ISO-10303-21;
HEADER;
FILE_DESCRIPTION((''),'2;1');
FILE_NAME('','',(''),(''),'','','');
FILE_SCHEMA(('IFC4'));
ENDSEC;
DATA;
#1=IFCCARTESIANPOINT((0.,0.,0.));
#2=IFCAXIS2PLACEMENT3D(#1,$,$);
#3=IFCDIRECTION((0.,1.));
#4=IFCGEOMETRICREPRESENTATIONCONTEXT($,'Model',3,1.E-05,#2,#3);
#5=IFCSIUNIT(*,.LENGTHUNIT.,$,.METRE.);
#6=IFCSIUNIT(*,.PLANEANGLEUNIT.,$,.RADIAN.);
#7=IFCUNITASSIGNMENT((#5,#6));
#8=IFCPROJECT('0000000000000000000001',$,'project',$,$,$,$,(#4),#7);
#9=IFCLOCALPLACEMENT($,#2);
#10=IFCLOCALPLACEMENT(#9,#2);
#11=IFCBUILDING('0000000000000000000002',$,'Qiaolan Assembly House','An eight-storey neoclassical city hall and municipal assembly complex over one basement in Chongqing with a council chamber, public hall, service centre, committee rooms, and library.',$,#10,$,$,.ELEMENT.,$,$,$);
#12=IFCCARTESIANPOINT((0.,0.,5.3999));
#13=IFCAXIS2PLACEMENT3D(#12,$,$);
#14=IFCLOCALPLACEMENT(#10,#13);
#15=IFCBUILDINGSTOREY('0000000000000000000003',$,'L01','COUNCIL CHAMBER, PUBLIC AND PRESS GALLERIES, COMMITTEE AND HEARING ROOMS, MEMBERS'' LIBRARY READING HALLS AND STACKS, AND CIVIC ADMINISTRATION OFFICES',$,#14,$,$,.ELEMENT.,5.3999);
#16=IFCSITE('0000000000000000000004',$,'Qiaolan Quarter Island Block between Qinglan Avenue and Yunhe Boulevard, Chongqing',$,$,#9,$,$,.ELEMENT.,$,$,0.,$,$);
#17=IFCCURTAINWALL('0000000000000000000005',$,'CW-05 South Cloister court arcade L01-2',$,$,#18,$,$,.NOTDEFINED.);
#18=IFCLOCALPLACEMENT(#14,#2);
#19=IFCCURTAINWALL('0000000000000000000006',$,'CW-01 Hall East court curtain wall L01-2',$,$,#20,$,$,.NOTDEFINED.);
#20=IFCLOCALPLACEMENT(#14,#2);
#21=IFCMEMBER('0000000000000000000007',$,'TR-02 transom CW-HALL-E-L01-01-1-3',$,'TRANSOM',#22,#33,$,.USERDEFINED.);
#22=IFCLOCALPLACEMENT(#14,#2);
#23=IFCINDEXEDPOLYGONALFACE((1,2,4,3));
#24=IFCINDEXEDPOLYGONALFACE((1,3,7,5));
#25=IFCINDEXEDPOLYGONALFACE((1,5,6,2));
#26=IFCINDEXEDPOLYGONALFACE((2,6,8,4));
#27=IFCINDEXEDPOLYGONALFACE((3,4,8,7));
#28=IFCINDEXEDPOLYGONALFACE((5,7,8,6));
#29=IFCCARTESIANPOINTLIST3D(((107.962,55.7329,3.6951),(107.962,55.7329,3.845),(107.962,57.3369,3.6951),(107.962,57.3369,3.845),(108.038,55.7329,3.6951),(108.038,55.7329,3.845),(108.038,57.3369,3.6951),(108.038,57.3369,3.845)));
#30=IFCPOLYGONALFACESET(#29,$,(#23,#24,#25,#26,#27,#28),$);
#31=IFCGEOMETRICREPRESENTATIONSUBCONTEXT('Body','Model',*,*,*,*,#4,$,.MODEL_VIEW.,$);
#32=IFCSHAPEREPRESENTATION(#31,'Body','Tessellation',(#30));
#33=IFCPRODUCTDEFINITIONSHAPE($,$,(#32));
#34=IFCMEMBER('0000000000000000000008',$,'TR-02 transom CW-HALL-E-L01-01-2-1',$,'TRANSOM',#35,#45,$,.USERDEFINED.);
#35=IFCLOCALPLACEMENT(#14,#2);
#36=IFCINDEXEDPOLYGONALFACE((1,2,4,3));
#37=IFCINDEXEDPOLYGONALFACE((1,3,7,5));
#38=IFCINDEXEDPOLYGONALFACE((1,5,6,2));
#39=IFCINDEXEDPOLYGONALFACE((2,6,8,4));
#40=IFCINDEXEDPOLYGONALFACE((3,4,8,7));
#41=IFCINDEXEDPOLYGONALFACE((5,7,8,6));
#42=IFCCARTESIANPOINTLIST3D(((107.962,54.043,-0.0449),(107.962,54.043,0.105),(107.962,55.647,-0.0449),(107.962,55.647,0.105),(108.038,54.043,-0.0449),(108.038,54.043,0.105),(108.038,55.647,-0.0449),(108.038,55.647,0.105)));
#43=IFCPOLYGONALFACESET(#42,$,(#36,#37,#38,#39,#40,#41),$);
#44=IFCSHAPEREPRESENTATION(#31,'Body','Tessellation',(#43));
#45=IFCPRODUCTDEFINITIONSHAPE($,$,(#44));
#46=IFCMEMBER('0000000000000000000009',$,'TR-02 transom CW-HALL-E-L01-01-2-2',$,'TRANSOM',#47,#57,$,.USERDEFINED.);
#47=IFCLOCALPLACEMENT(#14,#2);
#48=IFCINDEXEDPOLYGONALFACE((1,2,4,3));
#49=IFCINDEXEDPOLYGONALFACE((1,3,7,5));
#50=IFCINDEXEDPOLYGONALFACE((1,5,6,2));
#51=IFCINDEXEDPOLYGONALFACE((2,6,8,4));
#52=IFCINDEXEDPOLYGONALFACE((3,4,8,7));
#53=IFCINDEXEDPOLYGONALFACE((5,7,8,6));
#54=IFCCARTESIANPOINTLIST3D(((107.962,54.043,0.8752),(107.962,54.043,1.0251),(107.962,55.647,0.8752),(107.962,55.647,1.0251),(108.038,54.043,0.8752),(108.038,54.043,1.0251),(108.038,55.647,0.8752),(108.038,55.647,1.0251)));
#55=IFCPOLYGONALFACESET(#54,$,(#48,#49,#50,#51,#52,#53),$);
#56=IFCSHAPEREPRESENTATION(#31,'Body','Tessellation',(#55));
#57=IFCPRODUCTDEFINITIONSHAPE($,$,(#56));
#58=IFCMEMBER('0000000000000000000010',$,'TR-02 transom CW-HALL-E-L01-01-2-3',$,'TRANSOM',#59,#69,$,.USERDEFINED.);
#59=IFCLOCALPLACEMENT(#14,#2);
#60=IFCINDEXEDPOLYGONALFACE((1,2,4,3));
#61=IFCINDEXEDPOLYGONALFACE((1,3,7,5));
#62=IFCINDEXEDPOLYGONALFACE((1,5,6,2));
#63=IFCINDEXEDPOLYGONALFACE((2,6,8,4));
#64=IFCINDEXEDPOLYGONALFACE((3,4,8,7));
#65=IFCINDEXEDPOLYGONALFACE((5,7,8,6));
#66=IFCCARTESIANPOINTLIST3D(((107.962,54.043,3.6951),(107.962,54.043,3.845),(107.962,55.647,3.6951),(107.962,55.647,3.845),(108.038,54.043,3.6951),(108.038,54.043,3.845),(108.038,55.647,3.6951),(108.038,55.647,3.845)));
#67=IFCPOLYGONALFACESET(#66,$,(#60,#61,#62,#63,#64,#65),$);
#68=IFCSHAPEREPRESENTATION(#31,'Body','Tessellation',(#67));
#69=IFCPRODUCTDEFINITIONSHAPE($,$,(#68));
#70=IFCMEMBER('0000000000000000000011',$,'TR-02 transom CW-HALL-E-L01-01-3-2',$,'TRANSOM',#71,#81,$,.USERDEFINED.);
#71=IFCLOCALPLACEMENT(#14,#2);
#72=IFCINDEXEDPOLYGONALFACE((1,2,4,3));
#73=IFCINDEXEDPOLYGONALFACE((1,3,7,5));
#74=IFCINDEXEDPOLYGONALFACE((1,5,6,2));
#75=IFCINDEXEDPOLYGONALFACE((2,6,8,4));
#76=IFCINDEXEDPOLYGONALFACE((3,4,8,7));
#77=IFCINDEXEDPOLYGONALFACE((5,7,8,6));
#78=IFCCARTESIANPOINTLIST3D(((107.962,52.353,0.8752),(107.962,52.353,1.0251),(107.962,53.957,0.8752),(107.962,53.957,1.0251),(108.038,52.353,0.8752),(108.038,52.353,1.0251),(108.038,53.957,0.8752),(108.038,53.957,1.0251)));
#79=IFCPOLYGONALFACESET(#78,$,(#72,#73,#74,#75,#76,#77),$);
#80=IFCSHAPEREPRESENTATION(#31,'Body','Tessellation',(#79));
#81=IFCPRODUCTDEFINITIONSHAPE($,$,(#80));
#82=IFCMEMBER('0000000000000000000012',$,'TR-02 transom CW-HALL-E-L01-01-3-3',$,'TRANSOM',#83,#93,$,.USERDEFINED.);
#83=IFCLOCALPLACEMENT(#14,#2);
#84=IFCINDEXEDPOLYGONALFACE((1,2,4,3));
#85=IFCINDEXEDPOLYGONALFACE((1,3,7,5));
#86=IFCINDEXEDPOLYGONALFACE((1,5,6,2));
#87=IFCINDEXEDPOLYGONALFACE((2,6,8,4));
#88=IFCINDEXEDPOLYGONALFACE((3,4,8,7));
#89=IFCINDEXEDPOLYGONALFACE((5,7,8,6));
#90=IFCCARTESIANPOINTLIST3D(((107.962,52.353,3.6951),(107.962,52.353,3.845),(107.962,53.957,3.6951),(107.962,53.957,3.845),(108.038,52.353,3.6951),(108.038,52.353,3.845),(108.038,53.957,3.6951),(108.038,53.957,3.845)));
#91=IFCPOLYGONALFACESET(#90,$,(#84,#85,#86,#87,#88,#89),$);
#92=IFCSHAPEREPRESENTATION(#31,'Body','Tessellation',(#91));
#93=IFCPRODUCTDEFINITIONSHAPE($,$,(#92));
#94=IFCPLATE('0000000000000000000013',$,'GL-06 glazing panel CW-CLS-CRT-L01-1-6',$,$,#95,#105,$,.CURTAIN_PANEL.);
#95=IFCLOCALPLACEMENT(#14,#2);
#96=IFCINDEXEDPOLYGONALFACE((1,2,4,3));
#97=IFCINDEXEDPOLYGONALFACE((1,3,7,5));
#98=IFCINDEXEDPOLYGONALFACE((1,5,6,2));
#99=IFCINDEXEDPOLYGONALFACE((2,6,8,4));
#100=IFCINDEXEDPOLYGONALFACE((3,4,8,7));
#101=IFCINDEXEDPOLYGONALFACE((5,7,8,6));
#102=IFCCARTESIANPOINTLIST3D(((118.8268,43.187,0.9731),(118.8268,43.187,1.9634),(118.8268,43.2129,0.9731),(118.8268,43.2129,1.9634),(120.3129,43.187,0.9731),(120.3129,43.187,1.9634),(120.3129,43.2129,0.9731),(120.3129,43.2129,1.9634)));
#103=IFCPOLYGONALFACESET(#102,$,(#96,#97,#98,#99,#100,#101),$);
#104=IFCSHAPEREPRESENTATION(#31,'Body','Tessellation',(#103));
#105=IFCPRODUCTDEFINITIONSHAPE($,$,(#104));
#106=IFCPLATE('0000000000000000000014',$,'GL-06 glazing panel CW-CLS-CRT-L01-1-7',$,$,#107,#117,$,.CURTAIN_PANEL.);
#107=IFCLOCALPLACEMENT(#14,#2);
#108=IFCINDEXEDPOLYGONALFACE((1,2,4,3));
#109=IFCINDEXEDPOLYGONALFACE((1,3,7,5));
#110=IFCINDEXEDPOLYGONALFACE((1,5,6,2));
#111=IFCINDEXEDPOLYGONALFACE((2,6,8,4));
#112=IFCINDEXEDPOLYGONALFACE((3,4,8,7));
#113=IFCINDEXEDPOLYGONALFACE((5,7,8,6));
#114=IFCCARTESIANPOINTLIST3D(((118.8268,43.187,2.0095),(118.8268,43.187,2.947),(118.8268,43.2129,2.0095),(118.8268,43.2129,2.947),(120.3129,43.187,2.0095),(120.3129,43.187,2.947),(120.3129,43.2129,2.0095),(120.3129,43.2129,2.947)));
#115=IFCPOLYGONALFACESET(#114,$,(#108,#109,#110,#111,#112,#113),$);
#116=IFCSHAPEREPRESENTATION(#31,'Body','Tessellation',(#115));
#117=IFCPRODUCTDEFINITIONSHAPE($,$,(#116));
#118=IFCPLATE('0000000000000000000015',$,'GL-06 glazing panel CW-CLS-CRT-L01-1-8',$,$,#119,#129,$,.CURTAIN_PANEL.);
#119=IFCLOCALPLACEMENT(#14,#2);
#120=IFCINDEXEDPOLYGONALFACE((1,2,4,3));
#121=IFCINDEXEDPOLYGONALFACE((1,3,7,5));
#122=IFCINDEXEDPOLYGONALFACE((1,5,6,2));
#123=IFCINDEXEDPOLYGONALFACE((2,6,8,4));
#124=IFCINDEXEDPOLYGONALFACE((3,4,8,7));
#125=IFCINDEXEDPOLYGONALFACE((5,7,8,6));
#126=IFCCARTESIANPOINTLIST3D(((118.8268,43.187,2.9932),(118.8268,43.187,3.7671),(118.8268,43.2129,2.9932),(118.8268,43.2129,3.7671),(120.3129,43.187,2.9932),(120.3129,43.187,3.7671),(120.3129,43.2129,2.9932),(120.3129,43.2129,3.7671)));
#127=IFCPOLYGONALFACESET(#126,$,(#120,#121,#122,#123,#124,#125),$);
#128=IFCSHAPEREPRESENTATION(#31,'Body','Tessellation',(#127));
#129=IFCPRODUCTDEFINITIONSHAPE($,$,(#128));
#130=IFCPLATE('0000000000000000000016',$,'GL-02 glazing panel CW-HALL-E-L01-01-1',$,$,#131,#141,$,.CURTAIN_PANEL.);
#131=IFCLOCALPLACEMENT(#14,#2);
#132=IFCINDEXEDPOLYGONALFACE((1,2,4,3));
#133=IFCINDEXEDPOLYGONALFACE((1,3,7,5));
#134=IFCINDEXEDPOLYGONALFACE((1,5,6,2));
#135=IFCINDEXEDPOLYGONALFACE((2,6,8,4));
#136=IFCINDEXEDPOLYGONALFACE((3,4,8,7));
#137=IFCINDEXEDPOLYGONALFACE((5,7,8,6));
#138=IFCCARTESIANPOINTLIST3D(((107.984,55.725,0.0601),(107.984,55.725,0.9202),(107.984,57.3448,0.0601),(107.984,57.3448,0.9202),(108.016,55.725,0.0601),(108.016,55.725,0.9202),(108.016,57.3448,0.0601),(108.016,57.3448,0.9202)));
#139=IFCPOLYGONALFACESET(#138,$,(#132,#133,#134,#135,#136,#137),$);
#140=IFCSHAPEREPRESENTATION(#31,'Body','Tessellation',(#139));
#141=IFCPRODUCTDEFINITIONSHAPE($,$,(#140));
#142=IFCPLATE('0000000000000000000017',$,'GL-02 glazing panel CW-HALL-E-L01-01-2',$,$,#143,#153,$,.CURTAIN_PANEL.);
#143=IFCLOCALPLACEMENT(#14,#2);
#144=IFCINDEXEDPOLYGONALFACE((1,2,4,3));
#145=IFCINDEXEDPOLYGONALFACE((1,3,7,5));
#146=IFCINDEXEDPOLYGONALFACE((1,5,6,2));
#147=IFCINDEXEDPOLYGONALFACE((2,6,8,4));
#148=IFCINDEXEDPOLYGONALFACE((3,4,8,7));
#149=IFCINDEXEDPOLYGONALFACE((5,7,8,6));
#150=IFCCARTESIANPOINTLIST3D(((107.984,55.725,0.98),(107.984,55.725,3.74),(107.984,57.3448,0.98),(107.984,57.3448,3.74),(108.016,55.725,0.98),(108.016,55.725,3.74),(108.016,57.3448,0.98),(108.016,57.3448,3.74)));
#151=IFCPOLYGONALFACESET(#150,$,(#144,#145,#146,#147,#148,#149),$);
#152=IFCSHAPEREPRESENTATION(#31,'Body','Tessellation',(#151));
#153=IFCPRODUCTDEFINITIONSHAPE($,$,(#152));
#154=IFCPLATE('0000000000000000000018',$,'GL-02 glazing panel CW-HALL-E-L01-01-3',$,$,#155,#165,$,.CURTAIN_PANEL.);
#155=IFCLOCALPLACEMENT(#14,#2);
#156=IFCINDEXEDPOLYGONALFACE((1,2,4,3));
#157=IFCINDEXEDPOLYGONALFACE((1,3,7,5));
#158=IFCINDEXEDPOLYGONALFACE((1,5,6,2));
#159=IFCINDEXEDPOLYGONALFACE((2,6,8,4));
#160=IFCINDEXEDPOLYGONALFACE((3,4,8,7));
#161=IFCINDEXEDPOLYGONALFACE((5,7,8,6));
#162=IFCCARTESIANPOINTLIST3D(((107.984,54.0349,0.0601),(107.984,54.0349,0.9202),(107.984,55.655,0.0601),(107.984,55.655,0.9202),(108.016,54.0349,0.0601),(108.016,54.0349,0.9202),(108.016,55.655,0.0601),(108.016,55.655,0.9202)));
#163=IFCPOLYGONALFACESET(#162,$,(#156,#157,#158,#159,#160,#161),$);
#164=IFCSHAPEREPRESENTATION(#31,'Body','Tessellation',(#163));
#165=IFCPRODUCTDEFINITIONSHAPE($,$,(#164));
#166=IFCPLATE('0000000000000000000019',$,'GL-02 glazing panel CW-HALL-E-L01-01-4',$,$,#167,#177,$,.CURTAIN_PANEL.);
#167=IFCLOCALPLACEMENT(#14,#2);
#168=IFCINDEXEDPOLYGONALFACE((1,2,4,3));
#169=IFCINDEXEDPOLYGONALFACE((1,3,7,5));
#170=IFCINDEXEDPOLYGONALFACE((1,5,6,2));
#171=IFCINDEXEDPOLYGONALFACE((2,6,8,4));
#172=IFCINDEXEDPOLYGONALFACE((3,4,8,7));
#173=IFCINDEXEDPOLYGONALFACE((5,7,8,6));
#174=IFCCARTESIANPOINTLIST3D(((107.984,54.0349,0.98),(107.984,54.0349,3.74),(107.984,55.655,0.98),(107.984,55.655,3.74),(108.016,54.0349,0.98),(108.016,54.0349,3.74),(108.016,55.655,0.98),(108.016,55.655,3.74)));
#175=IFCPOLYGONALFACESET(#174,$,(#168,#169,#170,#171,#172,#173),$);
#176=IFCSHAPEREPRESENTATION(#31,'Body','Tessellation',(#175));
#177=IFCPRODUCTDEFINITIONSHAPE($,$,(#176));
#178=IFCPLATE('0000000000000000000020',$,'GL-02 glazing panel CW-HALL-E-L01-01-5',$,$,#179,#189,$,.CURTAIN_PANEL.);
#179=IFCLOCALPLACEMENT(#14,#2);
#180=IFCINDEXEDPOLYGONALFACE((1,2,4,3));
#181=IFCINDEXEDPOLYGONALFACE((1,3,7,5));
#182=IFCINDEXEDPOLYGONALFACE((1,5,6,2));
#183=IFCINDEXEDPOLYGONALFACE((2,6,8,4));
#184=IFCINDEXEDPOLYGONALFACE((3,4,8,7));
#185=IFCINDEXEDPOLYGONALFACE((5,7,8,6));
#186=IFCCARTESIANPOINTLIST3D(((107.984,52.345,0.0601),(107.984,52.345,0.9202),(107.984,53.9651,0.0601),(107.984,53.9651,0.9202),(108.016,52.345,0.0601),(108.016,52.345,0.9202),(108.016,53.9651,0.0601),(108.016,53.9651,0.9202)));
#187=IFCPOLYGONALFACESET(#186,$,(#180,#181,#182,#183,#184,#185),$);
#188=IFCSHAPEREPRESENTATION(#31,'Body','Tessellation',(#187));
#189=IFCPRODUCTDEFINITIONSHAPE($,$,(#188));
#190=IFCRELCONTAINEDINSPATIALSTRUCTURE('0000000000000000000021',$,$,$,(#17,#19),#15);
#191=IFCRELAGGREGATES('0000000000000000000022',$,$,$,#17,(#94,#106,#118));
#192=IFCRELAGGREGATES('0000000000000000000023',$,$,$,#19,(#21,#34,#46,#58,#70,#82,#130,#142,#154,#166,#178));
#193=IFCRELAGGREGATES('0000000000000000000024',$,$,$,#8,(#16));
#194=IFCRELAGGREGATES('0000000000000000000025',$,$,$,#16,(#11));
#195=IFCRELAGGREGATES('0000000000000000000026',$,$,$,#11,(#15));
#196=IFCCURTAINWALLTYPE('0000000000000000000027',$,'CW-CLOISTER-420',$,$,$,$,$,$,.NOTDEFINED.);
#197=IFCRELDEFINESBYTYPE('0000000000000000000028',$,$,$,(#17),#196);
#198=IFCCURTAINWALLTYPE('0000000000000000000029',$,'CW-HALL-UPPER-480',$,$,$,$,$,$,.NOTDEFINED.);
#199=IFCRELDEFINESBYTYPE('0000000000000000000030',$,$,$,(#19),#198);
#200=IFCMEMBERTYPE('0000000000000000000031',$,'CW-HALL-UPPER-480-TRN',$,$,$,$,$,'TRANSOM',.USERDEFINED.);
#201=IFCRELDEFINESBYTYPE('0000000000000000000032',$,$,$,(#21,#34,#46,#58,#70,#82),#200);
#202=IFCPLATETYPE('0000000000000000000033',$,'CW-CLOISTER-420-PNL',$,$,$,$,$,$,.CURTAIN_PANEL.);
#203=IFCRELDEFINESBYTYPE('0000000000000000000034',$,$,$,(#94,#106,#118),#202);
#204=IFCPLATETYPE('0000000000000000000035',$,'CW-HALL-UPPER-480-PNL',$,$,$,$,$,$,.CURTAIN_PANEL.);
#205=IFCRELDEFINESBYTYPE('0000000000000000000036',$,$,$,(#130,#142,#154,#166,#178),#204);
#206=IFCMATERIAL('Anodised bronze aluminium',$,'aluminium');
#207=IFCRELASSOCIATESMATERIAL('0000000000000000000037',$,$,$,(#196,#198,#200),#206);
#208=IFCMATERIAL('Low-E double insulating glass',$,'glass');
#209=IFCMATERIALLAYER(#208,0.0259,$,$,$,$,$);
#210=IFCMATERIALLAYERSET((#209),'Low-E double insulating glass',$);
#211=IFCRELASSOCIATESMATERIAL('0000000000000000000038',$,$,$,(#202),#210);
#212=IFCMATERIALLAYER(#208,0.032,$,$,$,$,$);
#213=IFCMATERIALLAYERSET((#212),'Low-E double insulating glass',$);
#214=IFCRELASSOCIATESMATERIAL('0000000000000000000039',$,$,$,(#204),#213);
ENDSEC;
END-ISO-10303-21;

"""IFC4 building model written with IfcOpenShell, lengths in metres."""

from ifc_helpers import new_model, si_unit, direction, frame, frame_2d, origin, origin_2d, place, context, subcontext, project, spatial, rectangle, extrude, material, layer, layer_set, material_profile, profile_set, type_object, element, aggregate, save


model = new_model("IFC4")

# Units and contexts
model_context = context("Model", 3, precision=1e-05, world=origin(), true_north=direction((0.0, 1.0)))
body_context = subcontext(model_context, "Body", "Model", "MODEL_VIEW")
ifc_project = project(units=[si_unit("LENGTHUNIT", "METRE"), si_unit("PLANEANGLEUNIT", "RADIAN")], contexts=[model_context])

# Site, building, storey
site_placement = place(None, origin())
site = spatial("IfcSite", under=ifc_project, at=site_placement, Name="Qiaolan Quarter Island Block between Qinglan Avenue and Yunhe Boulevard, Chongqing", CompositionType="ELEMENT", RefElevation=0.0)
building_placement = place(site_placement, origin())
building = spatial("IfcBuilding", under=site, at=building_placement, Name="Qiaolan Assembly House", Description="An eight-storey neoclassical city hall and municipal assembly complex over one basement in Chongqing with a council chamber, public hall, service centre, committee rooms, and library.", CompositionType="ELEMENT")
storey_placement = place(building_placement, frame((0.0, 0.0, 5.3999)))
storey = spatial("IfcBuildingStorey", under=building, at=storey_placement, Name="L01", Description="COUNCIL CHAMBER, PUBLIC AND PRESS GALLERIES, COMMITTEE AND HEARING ROOMS, MEMBERS' LIBRARY READING HALLS AND STACKS, AND CIVIC ADMINISTRATION OFFICES", CompositionType="ELEMENT", Elevation=5.3999)

# Curtain wall
ifc_material_1 = material(Name="Anodised bronze aluminium", Category="aluminium")
curtain_wall_type_1 = type_object("IfcCurtainWallType", Name="CW-CLOISTER-420", PredefinedType="NOTDEFINED", material=ifc_material_1)
curtain_wall_1_placement = place(storey_placement, origin())
curtain_wall_1 = element("IfcCurtainWall", 1, at=curtain_wall_1_placement, inside=storey, type_object=curtain_wall_type_1, Name="CW-05 South Cloister court arcade L01-2", PredefinedType="NOTDEFINED")

# Curtain wall
curtain_wall_type_2 = type_object("IfcCurtainWallType", Name="CW-HALL-UPPER-480", PredefinedType="NOTDEFINED", material=ifc_material_1)
curtain_wall_2_placement = place(storey_placement, origin())
curtain_wall_2 = element("IfcCurtainWall", 2, at=curtain_wall_2_placement, inside=storey, type_object=curtain_wall_type_2, Name="CW-01 Hall East court curtain wall L01-2", PredefinedType="NOTDEFINED")

# Members
ifc_material_profile_1 = material_profile(ifc_material_1, rectangle(XDim=0.0759, YDim=0.1499, at=origin_2d()), Name="TRN 76x150")
ifc_profile_set_1 = profile_set([ifc_material_profile_1], Name="Anodised bronze aluminium")
member_type_1 = type_object("IfcMemberType", Name="CW-HALL-UPPER-480-TRN", ElementType="TRANSOM", PredefinedType="USERDEFINED", material=ifc_profile_set_1)
member_1_placement = place(storey_placement, frame((108.0, 57.3369, 3.77), z_axis=(0.0, -1.0, 0.0), x_axis=(1.0, 0.0, 0.0)))
member_1 = element("IfcMember", 3, at=member_1_placement, type_object=member_type_1, Name="TR-02 transom CW-HALL-E-L01-01-1-3", ObjectType="TRANSOM", PredefinedType="USERDEFINED", context=body_context, shape_type="SweptSolid", body=[
    extrude(rectangle(XDim=0.0759, YDim=0.1499, at=origin_2d()), origin(), (0.0, 0.0, 1.0), 1.604),
])
member_2_placement = place(storey_placement, frame((108.0, 55.647, 0.03), z_axis=(0.0, -1.0, 0.0), x_axis=(1.0, 0.0, 0.0)))
member_2 = element("IfcMember", 4, at=member_2_placement, type_object=member_type_1, Name="TR-02 transom CW-HALL-E-L01-01-2-1", ObjectType="TRANSOM", PredefinedType="USERDEFINED", context=body_context, shape_type="SweptSolid", body=[
    extrude(rectangle(XDim=0.0759, YDim=0.1499, at=origin_2d()), origin(), (0.0, 0.0, 1.0), 1.604),
])
member_3_placement = place(storey_placement, frame((108.0, 55.647, 0.9502), z_axis=(0.0, -1.0, 0.0), x_axis=(1.0, 0.0, 0.0)))
member_3 = element("IfcMember", 5, at=member_3_placement, type_object=member_type_1, Name="TR-02 transom CW-HALL-E-L01-01-2-2", ObjectType="TRANSOM", PredefinedType="USERDEFINED", context=body_context, shape_type="SweptSolid", body=[
    extrude(rectangle(XDim=0.0759, YDim=0.1499, at=origin_2d()), origin(), (0.0, 0.0, 1.0), 1.604),
])
member_4_placement = place(storey_placement, frame((108.0, 55.647, 3.77), z_axis=(0.0, -1.0, 0.0), x_axis=(1.0, 0.0, 0.0)))
member_4 = element("IfcMember", 6, at=member_4_placement, type_object=member_type_1, Name="TR-02 transom CW-HALL-E-L01-01-2-3", ObjectType="TRANSOM", PredefinedType="USERDEFINED", context=body_context, shape_type="SweptSolid", body=[
    extrude(rectangle(XDim=0.0759, YDim=0.1499, at=origin_2d()), origin(), (0.0, 0.0, 1.0), 1.604),
])
member_5_placement = place(storey_placement, frame((108.0, 53.957, 0.9502), z_axis=(0.0, -1.0, 0.0), x_axis=(1.0, 0.0, 0.0)))
member_5 = element("IfcMember", 7, at=member_5_placement, type_object=member_type_1, Name="TR-02 transom CW-HALL-E-L01-01-3-2", ObjectType="TRANSOM", PredefinedType="USERDEFINED", context=body_context, shape_type="SweptSolid", body=[
    extrude(rectangle(XDim=0.0759, YDim=0.1499, at=origin_2d()), origin(), (0.0, 0.0, 1.0), 1.604),
])
member_6_placement = place(storey_placement, frame((108.0, 53.957, 3.77), z_axis=(0.0, -1.0, 0.0), x_axis=(1.0, 0.0, 0.0)))
member_6 = element("IfcMember", 8, at=member_6_placement, type_object=member_type_1, Name="TR-02 transom CW-HALL-E-L01-01-3-3", ObjectType="TRANSOM", PredefinedType="USERDEFINED", context=body_context, shape_type="SweptSolid", body=[
    extrude(rectangle(XDim=0.0759, YDim=0.1499, at=origin_2d()), origin(), (0.0, 0.0, 1.0), 1.604),
])

# Plates
ifc_material_2 = material(Name="Low-E double insulating glass", Category="glass")
ifc_layer_1 = layer(ifc_material_2, 0.0259)
ifc_layer_set_1 = layer_set([ifc_layer_1], Name="Low-E double insulating glass")
plate_type_1 = type_object("IfcPlateType", Name="CW-CLOISTER-420-PNL", PredefinedType="CURTAIN_PANEL", material=ifc_layer_set_1)
plate_1_placement = place(storey_placement, frame((120.313, 43.2, 0.9731), z_axis=(0.0, 0.0, 1.0), x_axis=(-1.0, 0.0, 0.0)))
plate_1 = element("IfcPlate", 9, at=plate_1_placement, type_object=plate_type_1, Name="GL-06 glazing panel CW-CLS-CRT-L01-1-6", PredefinedType="CURTAIN_PANEL", context=body_context, shape_type="SweptSolid", body=[
    extrude(rectangle(XDim=1.4861, YDim=0.0259, at=frame_2d((0.7432, 0.0))), origin(), (0.0, 0.0, 1.0), 0.9902),
])
plate_2_placement = place(storey_placement, frame((120.313, 43.2, 2.0095), z_axis=(0.0, 0.0, 1.0), x_axis=(-1.0, 0.0, 0.0)))
plate_2 = element("IfcPlate", 10, at=plate_2_placement, type_object=plate_type_1, Name="GL-06 glazing panel CW-CLS-CRT-L01-1-7", PredefinedType="CURTAIN_PANEL", context=body_context, shape_type="SweptSolid", body=[
    extrude(rectangle(XDim=1.4861, YDim=0.0259, at=frame_2d((0.7432, 0.0))), origin(), (0.0, 0.0, 1.0), 0.9375),
])
plate_3_placement = place(storey_placement, frame((120.313, 43.2, 2.9932), z_axis=(0.0, 0.0, 1.0), x_axis=(-1.0, 0.0, 0.0)))
plate_3 = element("IfcPlate", 11, at=plate_3_placement, type_object=plate_type_1, Name="GL-06 glazing panel CW-CLS-CRT-L01-1-8", PredefinedType="CURTAIN_PANEL", context=body_context, shape_type="SweptSolid", body=[
    extrude(rectangle(XDim=1.4861, YDim=0.0259, at=frame_2d((0.7432, 0.0))), origin(), (0.0, 0.0, 1.0), 0.7739),
])
aggregate(curtain_wall_1, [plate_1, plate_2, plate_3])
ifc_layer_2 = layer(ifc_material_2, 0.032)
ifc_layer_set_2 = layer_set([ifc_layer_2], Name="Low-E double insulating glass")
plate_type_2 = type_object("IfcPlateType", Name="CW-HALL-UPPER-480-PNL", PredefinedType="CURTAIN_PANEL", material=ifc_layer_set_2)
plate_4_placement = place(storey_placement, frame((108.0, 57.345, 0.0601), z_axis=(0.0, 0.0, 1.0), x_axis=(0.0, -1.0, 0.0)))
plate_4 = element("IfcPlate", 12, at=plate_4_placement, type_object=plate_type_2, Name="GL-02 glazing panel CW-HALL-E-L01-01-1", PredefinedType="CURTAIN_PANEL", context=body_context, shape_type="SweptSolid", body=[
    extrude(rectangle(XDim=1.6199, YDim=0.032, at=frame_2d((0.8101, 0.0))), origin(), (0.0, 0.0, 1.0), 0.8601),
])
plate_5_placement = place(storey_placement, frame((108.0, 57.345, 0.98), z_axis=(0.0, 0.0, 1.0), x_axis=(0.0, -1.0, 0.0)))
plate_5 = element("IfcPlate", 13, at=plate_5_placement, type_object=plate_type_2, Name="GL-02 glazing panel CW-HALL-E-L01-01-2", PredefinedType="CURTAIN_PANEL", context=body_context, shape_type="SweptSolid", body=[
    extrude(rectangle(XDim=1.6199, YDim=0.032, at=frame_2d((0.8101, 0.0))), origin(), (0.0, 0.0, 1.0), 2.76),
])
plate_6_placement = place(storey_placement, frame((108.0, 55.655, 0.0601), z_axis=(0.0, 0.0, 1.0), x_axis=(0.0, -1.0, 0.0)))
plate_6 = element("IfcPlate", 14, at=plate_6_placement, type_object=plate_type_2, Name="GL-02 glazing panel CW-HALL-E-L01-01-3", PredefinedType="CURTAIN_PANEL", context=body_context, shape_type="SweptSolid", body=[
    extrude(rectangle(XDim=1.6201, YDim=0.032, at=frame_2d((0.8101, 0.0))), origin(), (0.0, 0.0, 1.0), 0.8601),
])
plate_7_placement = place(storey_placement, frame((108.0, 55.655, 0.98), z_axis=(0.0, 0.0, 1.0), x_axis=(0.0, -1.0, 0.0)))
plate_7 = element("IfcPlate", 15, at=plate_7_placement, type_object=plate_type_2, Name="GL-02 glazing panel CW-HALL-E-L01-01-4", PredefinedType="CURTAIN_PANEL", context=body_context, shape_type="SweptSolid", body=[
    extrude(rectangle(XDim=1.6201, YDim=0.032, at=frame_2d((0.8101, 0.0))), origin(), (0.0, 0.0, 1.0), 2.76),
])
plate_8_placement = place(storey_placement, frame((108.0, 53.9651, 0.0601), z_axis=(0.0, 0.0, 1.0), x_axis=(0.0, -1.0, 0.0)))
plate_8 = element("IfcPlate", 16, at=plate_8_placement, type_object=plate_type_2, Name="GL-02 glazing panel CW-HALL-E-L01-01-5", PredefinedType="CURTAIN_PANEL", context=body_context, shape_type="SweptSolid", body=[
    extrude(rectangle(XDim=1.6201, YDim=0.032, at=frame_2d((0.8101, 0.0))), origin(), (0.0, 0.0, 1.0), 0.8601),
])
aggregate(curtain_wall_2, [member_1, member_2, member_3, member_4, member_5, member_6, plate_4, plate_5, plate_6, plate_7, plate_8])

save(model, "model.ifc")
